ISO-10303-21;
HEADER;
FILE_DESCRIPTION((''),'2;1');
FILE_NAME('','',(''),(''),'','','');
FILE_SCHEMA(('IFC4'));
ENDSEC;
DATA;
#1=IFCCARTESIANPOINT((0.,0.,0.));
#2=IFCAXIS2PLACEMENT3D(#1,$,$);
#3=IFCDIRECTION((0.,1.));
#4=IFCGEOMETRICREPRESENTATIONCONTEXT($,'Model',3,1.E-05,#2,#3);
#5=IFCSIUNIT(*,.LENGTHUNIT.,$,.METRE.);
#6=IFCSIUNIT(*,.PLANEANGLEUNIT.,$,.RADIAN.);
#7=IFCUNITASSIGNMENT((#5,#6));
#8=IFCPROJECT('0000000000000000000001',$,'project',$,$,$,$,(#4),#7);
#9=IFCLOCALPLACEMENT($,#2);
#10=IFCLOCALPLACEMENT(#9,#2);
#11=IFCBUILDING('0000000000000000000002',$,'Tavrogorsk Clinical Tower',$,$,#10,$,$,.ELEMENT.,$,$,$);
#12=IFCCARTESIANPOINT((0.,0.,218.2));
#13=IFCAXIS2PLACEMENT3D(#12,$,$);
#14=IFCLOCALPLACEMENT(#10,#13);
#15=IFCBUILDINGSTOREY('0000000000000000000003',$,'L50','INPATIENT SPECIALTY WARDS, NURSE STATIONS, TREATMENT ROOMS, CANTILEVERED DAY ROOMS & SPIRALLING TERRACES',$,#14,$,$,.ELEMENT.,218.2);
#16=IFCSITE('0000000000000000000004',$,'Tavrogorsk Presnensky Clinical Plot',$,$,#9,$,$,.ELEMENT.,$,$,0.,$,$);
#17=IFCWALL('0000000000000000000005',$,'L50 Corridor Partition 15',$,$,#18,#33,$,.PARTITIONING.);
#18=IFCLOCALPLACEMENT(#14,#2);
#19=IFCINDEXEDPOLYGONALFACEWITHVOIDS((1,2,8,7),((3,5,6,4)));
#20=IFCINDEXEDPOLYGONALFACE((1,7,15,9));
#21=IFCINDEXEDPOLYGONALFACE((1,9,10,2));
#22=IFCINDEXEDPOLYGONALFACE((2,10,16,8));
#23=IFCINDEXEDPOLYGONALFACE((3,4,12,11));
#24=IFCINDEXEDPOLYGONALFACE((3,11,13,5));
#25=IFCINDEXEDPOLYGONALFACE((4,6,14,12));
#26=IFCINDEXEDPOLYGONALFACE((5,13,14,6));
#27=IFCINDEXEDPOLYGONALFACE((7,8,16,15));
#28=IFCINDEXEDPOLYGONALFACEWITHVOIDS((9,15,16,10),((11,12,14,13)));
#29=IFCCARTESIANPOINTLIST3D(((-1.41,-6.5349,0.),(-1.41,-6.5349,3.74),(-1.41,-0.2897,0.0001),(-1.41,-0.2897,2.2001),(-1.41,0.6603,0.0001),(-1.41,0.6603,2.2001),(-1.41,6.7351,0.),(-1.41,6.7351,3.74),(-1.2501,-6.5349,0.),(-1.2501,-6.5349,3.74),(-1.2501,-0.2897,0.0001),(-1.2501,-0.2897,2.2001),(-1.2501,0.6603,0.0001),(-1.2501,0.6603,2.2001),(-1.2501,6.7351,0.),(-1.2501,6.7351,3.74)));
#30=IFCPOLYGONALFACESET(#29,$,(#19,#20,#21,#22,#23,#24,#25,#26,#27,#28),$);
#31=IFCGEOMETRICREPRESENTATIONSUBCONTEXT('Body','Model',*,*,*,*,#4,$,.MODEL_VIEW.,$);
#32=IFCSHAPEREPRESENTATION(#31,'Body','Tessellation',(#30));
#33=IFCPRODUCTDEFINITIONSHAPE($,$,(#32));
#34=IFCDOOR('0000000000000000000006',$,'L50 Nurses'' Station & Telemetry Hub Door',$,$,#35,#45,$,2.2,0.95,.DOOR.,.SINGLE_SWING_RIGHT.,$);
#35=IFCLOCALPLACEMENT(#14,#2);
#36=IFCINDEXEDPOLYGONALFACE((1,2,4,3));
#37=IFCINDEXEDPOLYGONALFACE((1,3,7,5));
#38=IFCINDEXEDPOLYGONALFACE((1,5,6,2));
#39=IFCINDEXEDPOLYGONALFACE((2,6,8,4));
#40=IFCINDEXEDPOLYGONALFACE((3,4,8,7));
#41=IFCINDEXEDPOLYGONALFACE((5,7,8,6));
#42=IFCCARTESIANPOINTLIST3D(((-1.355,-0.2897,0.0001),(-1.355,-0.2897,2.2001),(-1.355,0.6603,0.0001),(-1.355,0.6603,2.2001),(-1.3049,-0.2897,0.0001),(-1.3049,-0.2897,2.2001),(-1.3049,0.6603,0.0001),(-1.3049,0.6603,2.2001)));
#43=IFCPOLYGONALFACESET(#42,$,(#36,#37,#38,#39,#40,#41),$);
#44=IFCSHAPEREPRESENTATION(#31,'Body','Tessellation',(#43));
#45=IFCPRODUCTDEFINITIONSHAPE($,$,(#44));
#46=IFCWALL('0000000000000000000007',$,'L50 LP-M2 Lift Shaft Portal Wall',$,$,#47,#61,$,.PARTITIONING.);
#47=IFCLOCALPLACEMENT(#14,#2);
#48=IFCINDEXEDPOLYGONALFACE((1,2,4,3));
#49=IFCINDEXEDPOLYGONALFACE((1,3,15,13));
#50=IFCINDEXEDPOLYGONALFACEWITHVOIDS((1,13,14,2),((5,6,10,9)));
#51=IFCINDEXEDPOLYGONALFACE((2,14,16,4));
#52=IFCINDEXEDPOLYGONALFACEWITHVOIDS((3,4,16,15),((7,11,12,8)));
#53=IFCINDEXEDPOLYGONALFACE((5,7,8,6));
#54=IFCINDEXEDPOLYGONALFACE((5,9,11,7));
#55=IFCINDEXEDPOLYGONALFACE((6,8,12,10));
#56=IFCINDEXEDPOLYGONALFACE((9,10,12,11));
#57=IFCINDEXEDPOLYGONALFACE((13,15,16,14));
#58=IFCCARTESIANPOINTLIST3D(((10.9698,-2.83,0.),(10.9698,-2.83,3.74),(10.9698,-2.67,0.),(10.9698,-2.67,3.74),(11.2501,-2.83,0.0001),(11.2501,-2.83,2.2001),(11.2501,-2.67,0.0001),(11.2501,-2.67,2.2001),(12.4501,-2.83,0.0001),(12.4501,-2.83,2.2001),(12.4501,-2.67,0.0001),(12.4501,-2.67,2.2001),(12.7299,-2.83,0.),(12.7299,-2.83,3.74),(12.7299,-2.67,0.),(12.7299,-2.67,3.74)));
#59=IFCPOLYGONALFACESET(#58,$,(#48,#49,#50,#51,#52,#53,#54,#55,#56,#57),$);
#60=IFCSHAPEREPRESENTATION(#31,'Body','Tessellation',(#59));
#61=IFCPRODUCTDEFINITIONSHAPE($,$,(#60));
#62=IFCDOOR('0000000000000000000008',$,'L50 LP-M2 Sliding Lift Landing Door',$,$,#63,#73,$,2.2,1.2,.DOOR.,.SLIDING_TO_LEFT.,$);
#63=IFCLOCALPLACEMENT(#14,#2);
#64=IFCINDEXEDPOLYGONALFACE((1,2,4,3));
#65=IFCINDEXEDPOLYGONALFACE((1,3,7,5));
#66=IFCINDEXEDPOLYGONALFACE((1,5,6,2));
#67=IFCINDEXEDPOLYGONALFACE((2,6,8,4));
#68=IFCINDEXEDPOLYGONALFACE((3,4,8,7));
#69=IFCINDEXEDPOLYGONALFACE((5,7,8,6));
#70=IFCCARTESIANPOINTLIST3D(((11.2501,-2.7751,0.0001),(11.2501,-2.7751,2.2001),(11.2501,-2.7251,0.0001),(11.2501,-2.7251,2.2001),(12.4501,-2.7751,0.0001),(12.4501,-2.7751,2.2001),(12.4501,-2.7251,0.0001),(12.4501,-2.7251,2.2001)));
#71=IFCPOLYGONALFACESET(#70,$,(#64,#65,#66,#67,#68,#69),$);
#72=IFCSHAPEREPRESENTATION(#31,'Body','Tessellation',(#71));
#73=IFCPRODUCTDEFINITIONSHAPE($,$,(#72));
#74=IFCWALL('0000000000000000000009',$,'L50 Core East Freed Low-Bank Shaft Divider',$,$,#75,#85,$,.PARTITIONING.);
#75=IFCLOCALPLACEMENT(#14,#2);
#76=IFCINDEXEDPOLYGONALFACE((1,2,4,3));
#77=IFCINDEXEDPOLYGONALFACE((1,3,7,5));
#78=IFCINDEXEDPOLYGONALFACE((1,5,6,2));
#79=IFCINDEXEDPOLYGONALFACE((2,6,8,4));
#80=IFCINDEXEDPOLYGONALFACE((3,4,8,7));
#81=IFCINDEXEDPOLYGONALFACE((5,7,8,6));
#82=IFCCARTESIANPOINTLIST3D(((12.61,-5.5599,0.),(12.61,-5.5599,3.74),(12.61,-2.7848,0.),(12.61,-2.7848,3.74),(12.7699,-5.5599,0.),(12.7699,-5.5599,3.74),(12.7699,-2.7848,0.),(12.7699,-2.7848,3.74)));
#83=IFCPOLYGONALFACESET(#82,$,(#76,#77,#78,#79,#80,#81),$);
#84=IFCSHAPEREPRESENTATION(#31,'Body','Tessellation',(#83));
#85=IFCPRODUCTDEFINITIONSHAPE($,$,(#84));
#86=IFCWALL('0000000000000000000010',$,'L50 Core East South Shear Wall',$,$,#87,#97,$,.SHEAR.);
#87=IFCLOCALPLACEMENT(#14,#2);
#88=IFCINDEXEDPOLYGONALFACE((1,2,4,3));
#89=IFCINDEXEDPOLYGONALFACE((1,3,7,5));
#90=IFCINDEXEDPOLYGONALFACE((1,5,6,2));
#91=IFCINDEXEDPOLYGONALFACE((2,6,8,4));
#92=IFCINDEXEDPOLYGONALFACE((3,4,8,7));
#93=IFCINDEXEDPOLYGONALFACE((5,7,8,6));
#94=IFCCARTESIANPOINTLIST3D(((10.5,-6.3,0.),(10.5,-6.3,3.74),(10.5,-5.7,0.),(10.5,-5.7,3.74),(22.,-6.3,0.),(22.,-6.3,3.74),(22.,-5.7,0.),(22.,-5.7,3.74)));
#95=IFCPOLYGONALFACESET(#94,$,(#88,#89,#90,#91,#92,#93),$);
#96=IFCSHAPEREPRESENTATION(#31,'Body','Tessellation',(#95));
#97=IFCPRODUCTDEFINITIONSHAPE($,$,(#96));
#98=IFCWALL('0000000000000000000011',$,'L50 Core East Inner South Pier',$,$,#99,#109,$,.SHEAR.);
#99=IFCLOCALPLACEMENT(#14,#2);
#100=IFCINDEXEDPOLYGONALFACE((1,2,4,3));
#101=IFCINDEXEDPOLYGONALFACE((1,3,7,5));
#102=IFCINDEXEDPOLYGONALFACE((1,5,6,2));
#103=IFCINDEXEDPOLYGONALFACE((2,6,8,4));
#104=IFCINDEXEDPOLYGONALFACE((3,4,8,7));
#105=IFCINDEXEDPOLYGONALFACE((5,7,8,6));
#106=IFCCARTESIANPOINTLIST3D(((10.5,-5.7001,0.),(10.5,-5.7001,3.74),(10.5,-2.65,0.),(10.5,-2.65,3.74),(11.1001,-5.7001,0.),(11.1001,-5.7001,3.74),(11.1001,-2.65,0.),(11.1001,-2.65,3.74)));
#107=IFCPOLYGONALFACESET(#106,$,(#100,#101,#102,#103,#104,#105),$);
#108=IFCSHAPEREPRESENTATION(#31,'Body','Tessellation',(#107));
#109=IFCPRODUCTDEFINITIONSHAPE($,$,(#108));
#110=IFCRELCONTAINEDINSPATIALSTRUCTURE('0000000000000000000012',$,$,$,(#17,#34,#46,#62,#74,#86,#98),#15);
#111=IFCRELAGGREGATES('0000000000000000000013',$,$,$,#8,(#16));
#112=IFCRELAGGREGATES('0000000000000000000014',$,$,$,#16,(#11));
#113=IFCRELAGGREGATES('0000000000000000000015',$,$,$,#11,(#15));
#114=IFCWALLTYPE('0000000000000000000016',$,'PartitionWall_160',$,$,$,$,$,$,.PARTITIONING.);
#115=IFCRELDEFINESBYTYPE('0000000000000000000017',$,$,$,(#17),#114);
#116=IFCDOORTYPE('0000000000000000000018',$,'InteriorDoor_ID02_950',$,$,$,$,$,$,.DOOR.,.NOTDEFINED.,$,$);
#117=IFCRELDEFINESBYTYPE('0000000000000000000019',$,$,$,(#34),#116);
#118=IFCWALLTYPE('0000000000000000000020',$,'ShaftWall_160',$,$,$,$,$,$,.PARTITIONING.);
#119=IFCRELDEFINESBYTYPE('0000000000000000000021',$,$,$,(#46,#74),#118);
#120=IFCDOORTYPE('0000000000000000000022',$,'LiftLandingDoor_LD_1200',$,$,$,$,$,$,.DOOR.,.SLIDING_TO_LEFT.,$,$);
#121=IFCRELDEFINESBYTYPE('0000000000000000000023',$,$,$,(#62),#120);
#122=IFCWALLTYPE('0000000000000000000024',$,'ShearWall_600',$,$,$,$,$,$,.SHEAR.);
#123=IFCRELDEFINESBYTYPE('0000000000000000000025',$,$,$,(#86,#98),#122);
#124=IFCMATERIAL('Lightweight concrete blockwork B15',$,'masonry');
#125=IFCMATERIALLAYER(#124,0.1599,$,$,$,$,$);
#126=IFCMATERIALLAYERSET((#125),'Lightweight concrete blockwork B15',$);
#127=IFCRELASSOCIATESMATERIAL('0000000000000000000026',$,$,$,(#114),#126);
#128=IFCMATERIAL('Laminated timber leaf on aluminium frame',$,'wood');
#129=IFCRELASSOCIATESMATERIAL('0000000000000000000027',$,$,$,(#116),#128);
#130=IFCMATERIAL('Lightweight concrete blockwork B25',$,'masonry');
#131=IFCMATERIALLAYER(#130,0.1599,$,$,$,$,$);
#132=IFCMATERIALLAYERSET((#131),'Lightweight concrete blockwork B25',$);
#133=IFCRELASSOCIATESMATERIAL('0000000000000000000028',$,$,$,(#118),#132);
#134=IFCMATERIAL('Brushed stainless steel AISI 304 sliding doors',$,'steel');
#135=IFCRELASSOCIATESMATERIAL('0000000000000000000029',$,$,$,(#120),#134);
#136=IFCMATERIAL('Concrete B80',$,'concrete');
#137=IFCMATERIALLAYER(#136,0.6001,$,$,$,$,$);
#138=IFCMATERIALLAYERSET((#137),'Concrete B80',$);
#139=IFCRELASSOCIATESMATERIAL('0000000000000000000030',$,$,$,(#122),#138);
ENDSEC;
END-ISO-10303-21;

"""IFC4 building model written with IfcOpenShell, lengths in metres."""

from ifc_helpers import new_model, si_unit, direction, frame, frame_2d, origin, place, context, subcontext, project, spatial, rectangle, extrude, material, layer, layer_set, type_object, element, fill, save


model = new_model("IFC4")

# Units and contexts
model_context = context("Model", 3, precision=1e-05, world=origin(), true_north=direction((0.0, 1.0)))
body_context = subcontext(model_context, "Body", "Model", "MODEL_VIEW")
ifc_project = project(units=[si_unit("LENGTHUNIT", "METRE"), si_unit("PLANEANGLEUNIT", "RADIAN")], contexts=[model_context])

# Site, building, storey
site_placement = place(None, origin())
site = spatial("IfcSite", under=ifc_project, at=site_placement, Name="Tavrogorsk Presnensky Clinical Plot", CompositionType="ELEMENT", RefElevation=0.0)
building_placement = place(site_placement, origin())
building = spatial("IfcBuilding", under=site, at=building_placement, Name="Tavrogorsk Clinical Tower", CompositionType="ELEMENT")
storey_placement = place(building_placement, frame((0.0, 0.0, 218.2)))
storey = spatial("IfcBuildingStorey", under=building, at=storey_placement, Name="L50", Description="INPATIENT SPECIALTY WARDS, NURSE STATIONS, TREATMENT ROOMS, CANTILEVERED DAY ROOMS & SPIRALLING TERRACES", CompositionType="ELEMENT", Elevation=218.2)

# Shared definitions
ifc_material_1 = material(Name="Lightweight concrete blockwork B15", Category="masonry")
ifc_layer_1 = layer(ifc_material_1, 0.1599)
ifc_layer_set_1 = layer_set([ifc_layer_1], Name="Lightweight concrete blockwork B15")
wall_type_1 = type_object("IfcWallType", Name="PartitionWall_160", PredefinedType="PARTITIONING", material=ifc_layer_set_1)

# Walls, openings, doors
ifc_material_2 = material(Name="Laminated timber leaf on aluminium frame", Category="wood")
door_type_1 = type_object("IfcDoorType", Name="InteriorDoor_ID02_950", OperationType="NOTDEFINED", PredefinedType="DOOR", material=ifc_material_2)
wall_1_placement = place(storey_placement, frame((-1.3301, -6.5349, 0.0), z_axis=(0.0, 0.0, 1.0), x_axis=(0.0, 1.0, 0.0)))
wall_1 = element("IfcWall", 1, at=wall_1_placement, inside=storey, type_object=wall_type_1, Name="L50 Corridor Partition 15", PredefinedType="PARTITIONING", context=body_context, shape_type="SweptSolid", body=[
    extrude(rectangle(XDim=13.27, YDim=0.1599, at=frame_2d((6.635, 0.0))), origin(), (0.0, 0.0, 1.0), 3.74),
])
opening_1_placement = place(wall_1_placement, frame((6.2451, 0.0, 0.0)))
opening_1 = element("IfcOpeningElement", 2, at=opening_1_placement, cuts=wall_1, PredefinedType="OPENING", context=body_context, shape_type="SweptSolid", body=[
    extrude(rectangle(XDim=0.95, YDim=2.2, at=frame_2d((0.4751, 1.1001))), frame((0.0, 0.0898, 0.0), z_axis=(0.0, -1.0, 0.0), x_axis=(1.0, 0.0, 0.0)), (0.0, 0.0, 1.0), 0.1799),
])
door_1_placement = place(opening_1_placement, origin())
door_1 = element("IfcDoor", 3, at=door_1_placement, inside=storey, type_object=door_type_1, Name="L50 Nurses' Station & Telemetry Hub Door", OperationType="SINGLE_SWING_RIGHT", OverallHeight=2.2, OverallWidth=0.95, PredefinedType="DOOR", context=body_context, shape_type="SweptSolid", body=[
    extrude(rectangle(XDim=0.95, YDim=2.2, at=frame_2d((0.4751, 1.1001))), frame((0.0, 0.0249, 0.0), z_axis=(0.0, -1.0, 0.0), x_axis=(1.0, 0.0, 0.0)), (0.0, 0.0, 1.0), 0.05),
])
fill(opening_1, door_1)
ifc_material_3 = material(Name="Lightweight concrete blockwork B25", Category="masonry")
ifc_layer_2 = layer(ifc_material_3, 0.1599)
ifc_layer_set_2 = layer_set([ifc_layer_2], Name="Lightweight concrete blockwork B25")
wall_type_2 = type_object("IfcWallType", Name="ShaftWall_160", PredefinedType="PARTITIONING", material=ifc_layer_set_2)
wall_2_placement = place(storey_placement, frame((10.97, -2.75, 0.0), z_axis=(0.0, 0.0, 1.0), x_axis=(1.0, 0.0, 0.0)))
wall_2 = element("IfcWall", 4, at=wall_2_placement, inside=storey, type_object=wall_type_2, Name="L50 LP-M2 Lift Shaft Portal Wall", PredefinedType="PARTITIONING", context=body_context, shape_type="SweptSolid", body=[
    extrude(rectangle(XDim=1.76, YDim=0.1599, at=frame_2d((0.8799, 0.0))), origin(), (0.0, 0.0, 1.0), 3.74),
])
opening_2_placement = place(wall_2_placement, frame((0.28, 0.0, 0.0)))
opening_2 = element("IfcOpeningElement", 5, at=opening_2_placement, cuts=wall_2, PredefinedType="OPENING", context=body_context, shape_type="SweptSolid", body=[
    extrude(rectangle(XDim=1.2, YDim=2.2, at=frame_2d((0.6001, 1.1001))), frame((0.0, 0.0898, 0.0), z_axis=(0.0, -1.0, 0.0), x_axis=(1.0, 0.0, 0.0)), (0.0, 0.0, 1.0), 0.1799),
])
ifc_material_4 = material(Name="Brushed stainless steel AISI 304 sliding doors", Category="steel")
door_type_2 = type_object("IfcDoorType", Name="LiftLandingDoor_LD_1200", OperationType="SLIDING_TO_LEFT", PredefinedType="DOOR", material=ifc_material_4)
door_2_placement = place(opening_2_placement, origin())
door_2 = element("IfcDoor", 6, at=door_2_placement, inside=storey, type_object=door_type_2, Name="L50 LP-M2 Sliding Lift Landing Door", OperationType="SLIDING_TO_LEFT", OverallHeight=2.2, OverallWidth=1.2, PredefinedType="DOOR", context=body_context, shape_type="SweptSolid", body=[
    extrude(rectangle(XDim=1.2, YDim=2.2, at=frame_2d((0.6001, 1.1001))), frame((0.0, 0.0249, 0.0), z_axis=(0.0, -1.0, 0.0), x_axis=(1.0, 0.0, 0.0)), (0.0, 0.0, 1.0), 0.05),
])
fill(opening_2, door_2)

# Walls
wall_3_placement = place(storey_placement, frame((12.6899, -5.5601, 0.0), z_axis=(0.0, 0.0, 1.0), x_axis=(0.0, 1.0, 0.0)))
element("IfcWall", 7, at=wall_3_placement, inside=storey, type_object=wall_type_2, Name="L50 Core East Freed Low-Bank Shaft Divider", PredefinedType="PARTITIONING", context=body_context, shape_type="SweptSolid", body=[
    extrude(rectangle(XDim=2.7751, YDim=0.1599, at=frame_2d((1.3877, 0.0))), origin(), (0.0, 0.0, 1.0), 3.74),
])
ifc_material_5 = material(Name="Concrete B80", Category="concrete")
ifc_layer_3 = layer(ifc_material_5, 0.6001)
ifc_layer_set_3 = layer_set([ifc_layer_3], Name="Concrete B80")
wall_type_3 = type_object("IfcWallType", Name="ShearWall_600", PredefinedType="SHEAR", material=ifc_layer_set_3)
wall_4_placement = place(storey_placement, frame((10.5, -6.0, 0.0), z_axis=(0.0, 0.0, 1.0), x_axis=(1.0, 0.0, 0.0)))
element("IfcWall", 8, at=wall_4_placement, inside=storey, type_object=wall_type_3, Name="L50 Core East South Shear Wall", PredefinedType="SHEAR", context=body_context, shape_type="SweptSolid", body=[
    extrude(rectangle(XDim=11.5, YDim=0.6001, at=frame_2d((5.75, 0.0))), origin(), (0.0, 0.0, 1.0), 3.74),
])
wall_5_placement = place(storey_placement, frame((10.8, -5.7, 0.0), z_axis=(0.0, 0.0, 1.0), x_axis=(0.0, 1.0, 0.0)))
element("IfcWall", 9, at=wall_5_placement, inside=storey, type_object=wall_type_3, Name="L50 Core East Inner South Pier", PredefinedType="SHEAR", context=body_context, shape_type="SweptSolid", body=[
    extrude(rectangle(XDim=3.05, YDim=0.6001, at=frame_2d((1.5249, 0.0))), origin(), (0.0, 0.0, 1.0), 3.74),
])

save(model, "model.ifc")
